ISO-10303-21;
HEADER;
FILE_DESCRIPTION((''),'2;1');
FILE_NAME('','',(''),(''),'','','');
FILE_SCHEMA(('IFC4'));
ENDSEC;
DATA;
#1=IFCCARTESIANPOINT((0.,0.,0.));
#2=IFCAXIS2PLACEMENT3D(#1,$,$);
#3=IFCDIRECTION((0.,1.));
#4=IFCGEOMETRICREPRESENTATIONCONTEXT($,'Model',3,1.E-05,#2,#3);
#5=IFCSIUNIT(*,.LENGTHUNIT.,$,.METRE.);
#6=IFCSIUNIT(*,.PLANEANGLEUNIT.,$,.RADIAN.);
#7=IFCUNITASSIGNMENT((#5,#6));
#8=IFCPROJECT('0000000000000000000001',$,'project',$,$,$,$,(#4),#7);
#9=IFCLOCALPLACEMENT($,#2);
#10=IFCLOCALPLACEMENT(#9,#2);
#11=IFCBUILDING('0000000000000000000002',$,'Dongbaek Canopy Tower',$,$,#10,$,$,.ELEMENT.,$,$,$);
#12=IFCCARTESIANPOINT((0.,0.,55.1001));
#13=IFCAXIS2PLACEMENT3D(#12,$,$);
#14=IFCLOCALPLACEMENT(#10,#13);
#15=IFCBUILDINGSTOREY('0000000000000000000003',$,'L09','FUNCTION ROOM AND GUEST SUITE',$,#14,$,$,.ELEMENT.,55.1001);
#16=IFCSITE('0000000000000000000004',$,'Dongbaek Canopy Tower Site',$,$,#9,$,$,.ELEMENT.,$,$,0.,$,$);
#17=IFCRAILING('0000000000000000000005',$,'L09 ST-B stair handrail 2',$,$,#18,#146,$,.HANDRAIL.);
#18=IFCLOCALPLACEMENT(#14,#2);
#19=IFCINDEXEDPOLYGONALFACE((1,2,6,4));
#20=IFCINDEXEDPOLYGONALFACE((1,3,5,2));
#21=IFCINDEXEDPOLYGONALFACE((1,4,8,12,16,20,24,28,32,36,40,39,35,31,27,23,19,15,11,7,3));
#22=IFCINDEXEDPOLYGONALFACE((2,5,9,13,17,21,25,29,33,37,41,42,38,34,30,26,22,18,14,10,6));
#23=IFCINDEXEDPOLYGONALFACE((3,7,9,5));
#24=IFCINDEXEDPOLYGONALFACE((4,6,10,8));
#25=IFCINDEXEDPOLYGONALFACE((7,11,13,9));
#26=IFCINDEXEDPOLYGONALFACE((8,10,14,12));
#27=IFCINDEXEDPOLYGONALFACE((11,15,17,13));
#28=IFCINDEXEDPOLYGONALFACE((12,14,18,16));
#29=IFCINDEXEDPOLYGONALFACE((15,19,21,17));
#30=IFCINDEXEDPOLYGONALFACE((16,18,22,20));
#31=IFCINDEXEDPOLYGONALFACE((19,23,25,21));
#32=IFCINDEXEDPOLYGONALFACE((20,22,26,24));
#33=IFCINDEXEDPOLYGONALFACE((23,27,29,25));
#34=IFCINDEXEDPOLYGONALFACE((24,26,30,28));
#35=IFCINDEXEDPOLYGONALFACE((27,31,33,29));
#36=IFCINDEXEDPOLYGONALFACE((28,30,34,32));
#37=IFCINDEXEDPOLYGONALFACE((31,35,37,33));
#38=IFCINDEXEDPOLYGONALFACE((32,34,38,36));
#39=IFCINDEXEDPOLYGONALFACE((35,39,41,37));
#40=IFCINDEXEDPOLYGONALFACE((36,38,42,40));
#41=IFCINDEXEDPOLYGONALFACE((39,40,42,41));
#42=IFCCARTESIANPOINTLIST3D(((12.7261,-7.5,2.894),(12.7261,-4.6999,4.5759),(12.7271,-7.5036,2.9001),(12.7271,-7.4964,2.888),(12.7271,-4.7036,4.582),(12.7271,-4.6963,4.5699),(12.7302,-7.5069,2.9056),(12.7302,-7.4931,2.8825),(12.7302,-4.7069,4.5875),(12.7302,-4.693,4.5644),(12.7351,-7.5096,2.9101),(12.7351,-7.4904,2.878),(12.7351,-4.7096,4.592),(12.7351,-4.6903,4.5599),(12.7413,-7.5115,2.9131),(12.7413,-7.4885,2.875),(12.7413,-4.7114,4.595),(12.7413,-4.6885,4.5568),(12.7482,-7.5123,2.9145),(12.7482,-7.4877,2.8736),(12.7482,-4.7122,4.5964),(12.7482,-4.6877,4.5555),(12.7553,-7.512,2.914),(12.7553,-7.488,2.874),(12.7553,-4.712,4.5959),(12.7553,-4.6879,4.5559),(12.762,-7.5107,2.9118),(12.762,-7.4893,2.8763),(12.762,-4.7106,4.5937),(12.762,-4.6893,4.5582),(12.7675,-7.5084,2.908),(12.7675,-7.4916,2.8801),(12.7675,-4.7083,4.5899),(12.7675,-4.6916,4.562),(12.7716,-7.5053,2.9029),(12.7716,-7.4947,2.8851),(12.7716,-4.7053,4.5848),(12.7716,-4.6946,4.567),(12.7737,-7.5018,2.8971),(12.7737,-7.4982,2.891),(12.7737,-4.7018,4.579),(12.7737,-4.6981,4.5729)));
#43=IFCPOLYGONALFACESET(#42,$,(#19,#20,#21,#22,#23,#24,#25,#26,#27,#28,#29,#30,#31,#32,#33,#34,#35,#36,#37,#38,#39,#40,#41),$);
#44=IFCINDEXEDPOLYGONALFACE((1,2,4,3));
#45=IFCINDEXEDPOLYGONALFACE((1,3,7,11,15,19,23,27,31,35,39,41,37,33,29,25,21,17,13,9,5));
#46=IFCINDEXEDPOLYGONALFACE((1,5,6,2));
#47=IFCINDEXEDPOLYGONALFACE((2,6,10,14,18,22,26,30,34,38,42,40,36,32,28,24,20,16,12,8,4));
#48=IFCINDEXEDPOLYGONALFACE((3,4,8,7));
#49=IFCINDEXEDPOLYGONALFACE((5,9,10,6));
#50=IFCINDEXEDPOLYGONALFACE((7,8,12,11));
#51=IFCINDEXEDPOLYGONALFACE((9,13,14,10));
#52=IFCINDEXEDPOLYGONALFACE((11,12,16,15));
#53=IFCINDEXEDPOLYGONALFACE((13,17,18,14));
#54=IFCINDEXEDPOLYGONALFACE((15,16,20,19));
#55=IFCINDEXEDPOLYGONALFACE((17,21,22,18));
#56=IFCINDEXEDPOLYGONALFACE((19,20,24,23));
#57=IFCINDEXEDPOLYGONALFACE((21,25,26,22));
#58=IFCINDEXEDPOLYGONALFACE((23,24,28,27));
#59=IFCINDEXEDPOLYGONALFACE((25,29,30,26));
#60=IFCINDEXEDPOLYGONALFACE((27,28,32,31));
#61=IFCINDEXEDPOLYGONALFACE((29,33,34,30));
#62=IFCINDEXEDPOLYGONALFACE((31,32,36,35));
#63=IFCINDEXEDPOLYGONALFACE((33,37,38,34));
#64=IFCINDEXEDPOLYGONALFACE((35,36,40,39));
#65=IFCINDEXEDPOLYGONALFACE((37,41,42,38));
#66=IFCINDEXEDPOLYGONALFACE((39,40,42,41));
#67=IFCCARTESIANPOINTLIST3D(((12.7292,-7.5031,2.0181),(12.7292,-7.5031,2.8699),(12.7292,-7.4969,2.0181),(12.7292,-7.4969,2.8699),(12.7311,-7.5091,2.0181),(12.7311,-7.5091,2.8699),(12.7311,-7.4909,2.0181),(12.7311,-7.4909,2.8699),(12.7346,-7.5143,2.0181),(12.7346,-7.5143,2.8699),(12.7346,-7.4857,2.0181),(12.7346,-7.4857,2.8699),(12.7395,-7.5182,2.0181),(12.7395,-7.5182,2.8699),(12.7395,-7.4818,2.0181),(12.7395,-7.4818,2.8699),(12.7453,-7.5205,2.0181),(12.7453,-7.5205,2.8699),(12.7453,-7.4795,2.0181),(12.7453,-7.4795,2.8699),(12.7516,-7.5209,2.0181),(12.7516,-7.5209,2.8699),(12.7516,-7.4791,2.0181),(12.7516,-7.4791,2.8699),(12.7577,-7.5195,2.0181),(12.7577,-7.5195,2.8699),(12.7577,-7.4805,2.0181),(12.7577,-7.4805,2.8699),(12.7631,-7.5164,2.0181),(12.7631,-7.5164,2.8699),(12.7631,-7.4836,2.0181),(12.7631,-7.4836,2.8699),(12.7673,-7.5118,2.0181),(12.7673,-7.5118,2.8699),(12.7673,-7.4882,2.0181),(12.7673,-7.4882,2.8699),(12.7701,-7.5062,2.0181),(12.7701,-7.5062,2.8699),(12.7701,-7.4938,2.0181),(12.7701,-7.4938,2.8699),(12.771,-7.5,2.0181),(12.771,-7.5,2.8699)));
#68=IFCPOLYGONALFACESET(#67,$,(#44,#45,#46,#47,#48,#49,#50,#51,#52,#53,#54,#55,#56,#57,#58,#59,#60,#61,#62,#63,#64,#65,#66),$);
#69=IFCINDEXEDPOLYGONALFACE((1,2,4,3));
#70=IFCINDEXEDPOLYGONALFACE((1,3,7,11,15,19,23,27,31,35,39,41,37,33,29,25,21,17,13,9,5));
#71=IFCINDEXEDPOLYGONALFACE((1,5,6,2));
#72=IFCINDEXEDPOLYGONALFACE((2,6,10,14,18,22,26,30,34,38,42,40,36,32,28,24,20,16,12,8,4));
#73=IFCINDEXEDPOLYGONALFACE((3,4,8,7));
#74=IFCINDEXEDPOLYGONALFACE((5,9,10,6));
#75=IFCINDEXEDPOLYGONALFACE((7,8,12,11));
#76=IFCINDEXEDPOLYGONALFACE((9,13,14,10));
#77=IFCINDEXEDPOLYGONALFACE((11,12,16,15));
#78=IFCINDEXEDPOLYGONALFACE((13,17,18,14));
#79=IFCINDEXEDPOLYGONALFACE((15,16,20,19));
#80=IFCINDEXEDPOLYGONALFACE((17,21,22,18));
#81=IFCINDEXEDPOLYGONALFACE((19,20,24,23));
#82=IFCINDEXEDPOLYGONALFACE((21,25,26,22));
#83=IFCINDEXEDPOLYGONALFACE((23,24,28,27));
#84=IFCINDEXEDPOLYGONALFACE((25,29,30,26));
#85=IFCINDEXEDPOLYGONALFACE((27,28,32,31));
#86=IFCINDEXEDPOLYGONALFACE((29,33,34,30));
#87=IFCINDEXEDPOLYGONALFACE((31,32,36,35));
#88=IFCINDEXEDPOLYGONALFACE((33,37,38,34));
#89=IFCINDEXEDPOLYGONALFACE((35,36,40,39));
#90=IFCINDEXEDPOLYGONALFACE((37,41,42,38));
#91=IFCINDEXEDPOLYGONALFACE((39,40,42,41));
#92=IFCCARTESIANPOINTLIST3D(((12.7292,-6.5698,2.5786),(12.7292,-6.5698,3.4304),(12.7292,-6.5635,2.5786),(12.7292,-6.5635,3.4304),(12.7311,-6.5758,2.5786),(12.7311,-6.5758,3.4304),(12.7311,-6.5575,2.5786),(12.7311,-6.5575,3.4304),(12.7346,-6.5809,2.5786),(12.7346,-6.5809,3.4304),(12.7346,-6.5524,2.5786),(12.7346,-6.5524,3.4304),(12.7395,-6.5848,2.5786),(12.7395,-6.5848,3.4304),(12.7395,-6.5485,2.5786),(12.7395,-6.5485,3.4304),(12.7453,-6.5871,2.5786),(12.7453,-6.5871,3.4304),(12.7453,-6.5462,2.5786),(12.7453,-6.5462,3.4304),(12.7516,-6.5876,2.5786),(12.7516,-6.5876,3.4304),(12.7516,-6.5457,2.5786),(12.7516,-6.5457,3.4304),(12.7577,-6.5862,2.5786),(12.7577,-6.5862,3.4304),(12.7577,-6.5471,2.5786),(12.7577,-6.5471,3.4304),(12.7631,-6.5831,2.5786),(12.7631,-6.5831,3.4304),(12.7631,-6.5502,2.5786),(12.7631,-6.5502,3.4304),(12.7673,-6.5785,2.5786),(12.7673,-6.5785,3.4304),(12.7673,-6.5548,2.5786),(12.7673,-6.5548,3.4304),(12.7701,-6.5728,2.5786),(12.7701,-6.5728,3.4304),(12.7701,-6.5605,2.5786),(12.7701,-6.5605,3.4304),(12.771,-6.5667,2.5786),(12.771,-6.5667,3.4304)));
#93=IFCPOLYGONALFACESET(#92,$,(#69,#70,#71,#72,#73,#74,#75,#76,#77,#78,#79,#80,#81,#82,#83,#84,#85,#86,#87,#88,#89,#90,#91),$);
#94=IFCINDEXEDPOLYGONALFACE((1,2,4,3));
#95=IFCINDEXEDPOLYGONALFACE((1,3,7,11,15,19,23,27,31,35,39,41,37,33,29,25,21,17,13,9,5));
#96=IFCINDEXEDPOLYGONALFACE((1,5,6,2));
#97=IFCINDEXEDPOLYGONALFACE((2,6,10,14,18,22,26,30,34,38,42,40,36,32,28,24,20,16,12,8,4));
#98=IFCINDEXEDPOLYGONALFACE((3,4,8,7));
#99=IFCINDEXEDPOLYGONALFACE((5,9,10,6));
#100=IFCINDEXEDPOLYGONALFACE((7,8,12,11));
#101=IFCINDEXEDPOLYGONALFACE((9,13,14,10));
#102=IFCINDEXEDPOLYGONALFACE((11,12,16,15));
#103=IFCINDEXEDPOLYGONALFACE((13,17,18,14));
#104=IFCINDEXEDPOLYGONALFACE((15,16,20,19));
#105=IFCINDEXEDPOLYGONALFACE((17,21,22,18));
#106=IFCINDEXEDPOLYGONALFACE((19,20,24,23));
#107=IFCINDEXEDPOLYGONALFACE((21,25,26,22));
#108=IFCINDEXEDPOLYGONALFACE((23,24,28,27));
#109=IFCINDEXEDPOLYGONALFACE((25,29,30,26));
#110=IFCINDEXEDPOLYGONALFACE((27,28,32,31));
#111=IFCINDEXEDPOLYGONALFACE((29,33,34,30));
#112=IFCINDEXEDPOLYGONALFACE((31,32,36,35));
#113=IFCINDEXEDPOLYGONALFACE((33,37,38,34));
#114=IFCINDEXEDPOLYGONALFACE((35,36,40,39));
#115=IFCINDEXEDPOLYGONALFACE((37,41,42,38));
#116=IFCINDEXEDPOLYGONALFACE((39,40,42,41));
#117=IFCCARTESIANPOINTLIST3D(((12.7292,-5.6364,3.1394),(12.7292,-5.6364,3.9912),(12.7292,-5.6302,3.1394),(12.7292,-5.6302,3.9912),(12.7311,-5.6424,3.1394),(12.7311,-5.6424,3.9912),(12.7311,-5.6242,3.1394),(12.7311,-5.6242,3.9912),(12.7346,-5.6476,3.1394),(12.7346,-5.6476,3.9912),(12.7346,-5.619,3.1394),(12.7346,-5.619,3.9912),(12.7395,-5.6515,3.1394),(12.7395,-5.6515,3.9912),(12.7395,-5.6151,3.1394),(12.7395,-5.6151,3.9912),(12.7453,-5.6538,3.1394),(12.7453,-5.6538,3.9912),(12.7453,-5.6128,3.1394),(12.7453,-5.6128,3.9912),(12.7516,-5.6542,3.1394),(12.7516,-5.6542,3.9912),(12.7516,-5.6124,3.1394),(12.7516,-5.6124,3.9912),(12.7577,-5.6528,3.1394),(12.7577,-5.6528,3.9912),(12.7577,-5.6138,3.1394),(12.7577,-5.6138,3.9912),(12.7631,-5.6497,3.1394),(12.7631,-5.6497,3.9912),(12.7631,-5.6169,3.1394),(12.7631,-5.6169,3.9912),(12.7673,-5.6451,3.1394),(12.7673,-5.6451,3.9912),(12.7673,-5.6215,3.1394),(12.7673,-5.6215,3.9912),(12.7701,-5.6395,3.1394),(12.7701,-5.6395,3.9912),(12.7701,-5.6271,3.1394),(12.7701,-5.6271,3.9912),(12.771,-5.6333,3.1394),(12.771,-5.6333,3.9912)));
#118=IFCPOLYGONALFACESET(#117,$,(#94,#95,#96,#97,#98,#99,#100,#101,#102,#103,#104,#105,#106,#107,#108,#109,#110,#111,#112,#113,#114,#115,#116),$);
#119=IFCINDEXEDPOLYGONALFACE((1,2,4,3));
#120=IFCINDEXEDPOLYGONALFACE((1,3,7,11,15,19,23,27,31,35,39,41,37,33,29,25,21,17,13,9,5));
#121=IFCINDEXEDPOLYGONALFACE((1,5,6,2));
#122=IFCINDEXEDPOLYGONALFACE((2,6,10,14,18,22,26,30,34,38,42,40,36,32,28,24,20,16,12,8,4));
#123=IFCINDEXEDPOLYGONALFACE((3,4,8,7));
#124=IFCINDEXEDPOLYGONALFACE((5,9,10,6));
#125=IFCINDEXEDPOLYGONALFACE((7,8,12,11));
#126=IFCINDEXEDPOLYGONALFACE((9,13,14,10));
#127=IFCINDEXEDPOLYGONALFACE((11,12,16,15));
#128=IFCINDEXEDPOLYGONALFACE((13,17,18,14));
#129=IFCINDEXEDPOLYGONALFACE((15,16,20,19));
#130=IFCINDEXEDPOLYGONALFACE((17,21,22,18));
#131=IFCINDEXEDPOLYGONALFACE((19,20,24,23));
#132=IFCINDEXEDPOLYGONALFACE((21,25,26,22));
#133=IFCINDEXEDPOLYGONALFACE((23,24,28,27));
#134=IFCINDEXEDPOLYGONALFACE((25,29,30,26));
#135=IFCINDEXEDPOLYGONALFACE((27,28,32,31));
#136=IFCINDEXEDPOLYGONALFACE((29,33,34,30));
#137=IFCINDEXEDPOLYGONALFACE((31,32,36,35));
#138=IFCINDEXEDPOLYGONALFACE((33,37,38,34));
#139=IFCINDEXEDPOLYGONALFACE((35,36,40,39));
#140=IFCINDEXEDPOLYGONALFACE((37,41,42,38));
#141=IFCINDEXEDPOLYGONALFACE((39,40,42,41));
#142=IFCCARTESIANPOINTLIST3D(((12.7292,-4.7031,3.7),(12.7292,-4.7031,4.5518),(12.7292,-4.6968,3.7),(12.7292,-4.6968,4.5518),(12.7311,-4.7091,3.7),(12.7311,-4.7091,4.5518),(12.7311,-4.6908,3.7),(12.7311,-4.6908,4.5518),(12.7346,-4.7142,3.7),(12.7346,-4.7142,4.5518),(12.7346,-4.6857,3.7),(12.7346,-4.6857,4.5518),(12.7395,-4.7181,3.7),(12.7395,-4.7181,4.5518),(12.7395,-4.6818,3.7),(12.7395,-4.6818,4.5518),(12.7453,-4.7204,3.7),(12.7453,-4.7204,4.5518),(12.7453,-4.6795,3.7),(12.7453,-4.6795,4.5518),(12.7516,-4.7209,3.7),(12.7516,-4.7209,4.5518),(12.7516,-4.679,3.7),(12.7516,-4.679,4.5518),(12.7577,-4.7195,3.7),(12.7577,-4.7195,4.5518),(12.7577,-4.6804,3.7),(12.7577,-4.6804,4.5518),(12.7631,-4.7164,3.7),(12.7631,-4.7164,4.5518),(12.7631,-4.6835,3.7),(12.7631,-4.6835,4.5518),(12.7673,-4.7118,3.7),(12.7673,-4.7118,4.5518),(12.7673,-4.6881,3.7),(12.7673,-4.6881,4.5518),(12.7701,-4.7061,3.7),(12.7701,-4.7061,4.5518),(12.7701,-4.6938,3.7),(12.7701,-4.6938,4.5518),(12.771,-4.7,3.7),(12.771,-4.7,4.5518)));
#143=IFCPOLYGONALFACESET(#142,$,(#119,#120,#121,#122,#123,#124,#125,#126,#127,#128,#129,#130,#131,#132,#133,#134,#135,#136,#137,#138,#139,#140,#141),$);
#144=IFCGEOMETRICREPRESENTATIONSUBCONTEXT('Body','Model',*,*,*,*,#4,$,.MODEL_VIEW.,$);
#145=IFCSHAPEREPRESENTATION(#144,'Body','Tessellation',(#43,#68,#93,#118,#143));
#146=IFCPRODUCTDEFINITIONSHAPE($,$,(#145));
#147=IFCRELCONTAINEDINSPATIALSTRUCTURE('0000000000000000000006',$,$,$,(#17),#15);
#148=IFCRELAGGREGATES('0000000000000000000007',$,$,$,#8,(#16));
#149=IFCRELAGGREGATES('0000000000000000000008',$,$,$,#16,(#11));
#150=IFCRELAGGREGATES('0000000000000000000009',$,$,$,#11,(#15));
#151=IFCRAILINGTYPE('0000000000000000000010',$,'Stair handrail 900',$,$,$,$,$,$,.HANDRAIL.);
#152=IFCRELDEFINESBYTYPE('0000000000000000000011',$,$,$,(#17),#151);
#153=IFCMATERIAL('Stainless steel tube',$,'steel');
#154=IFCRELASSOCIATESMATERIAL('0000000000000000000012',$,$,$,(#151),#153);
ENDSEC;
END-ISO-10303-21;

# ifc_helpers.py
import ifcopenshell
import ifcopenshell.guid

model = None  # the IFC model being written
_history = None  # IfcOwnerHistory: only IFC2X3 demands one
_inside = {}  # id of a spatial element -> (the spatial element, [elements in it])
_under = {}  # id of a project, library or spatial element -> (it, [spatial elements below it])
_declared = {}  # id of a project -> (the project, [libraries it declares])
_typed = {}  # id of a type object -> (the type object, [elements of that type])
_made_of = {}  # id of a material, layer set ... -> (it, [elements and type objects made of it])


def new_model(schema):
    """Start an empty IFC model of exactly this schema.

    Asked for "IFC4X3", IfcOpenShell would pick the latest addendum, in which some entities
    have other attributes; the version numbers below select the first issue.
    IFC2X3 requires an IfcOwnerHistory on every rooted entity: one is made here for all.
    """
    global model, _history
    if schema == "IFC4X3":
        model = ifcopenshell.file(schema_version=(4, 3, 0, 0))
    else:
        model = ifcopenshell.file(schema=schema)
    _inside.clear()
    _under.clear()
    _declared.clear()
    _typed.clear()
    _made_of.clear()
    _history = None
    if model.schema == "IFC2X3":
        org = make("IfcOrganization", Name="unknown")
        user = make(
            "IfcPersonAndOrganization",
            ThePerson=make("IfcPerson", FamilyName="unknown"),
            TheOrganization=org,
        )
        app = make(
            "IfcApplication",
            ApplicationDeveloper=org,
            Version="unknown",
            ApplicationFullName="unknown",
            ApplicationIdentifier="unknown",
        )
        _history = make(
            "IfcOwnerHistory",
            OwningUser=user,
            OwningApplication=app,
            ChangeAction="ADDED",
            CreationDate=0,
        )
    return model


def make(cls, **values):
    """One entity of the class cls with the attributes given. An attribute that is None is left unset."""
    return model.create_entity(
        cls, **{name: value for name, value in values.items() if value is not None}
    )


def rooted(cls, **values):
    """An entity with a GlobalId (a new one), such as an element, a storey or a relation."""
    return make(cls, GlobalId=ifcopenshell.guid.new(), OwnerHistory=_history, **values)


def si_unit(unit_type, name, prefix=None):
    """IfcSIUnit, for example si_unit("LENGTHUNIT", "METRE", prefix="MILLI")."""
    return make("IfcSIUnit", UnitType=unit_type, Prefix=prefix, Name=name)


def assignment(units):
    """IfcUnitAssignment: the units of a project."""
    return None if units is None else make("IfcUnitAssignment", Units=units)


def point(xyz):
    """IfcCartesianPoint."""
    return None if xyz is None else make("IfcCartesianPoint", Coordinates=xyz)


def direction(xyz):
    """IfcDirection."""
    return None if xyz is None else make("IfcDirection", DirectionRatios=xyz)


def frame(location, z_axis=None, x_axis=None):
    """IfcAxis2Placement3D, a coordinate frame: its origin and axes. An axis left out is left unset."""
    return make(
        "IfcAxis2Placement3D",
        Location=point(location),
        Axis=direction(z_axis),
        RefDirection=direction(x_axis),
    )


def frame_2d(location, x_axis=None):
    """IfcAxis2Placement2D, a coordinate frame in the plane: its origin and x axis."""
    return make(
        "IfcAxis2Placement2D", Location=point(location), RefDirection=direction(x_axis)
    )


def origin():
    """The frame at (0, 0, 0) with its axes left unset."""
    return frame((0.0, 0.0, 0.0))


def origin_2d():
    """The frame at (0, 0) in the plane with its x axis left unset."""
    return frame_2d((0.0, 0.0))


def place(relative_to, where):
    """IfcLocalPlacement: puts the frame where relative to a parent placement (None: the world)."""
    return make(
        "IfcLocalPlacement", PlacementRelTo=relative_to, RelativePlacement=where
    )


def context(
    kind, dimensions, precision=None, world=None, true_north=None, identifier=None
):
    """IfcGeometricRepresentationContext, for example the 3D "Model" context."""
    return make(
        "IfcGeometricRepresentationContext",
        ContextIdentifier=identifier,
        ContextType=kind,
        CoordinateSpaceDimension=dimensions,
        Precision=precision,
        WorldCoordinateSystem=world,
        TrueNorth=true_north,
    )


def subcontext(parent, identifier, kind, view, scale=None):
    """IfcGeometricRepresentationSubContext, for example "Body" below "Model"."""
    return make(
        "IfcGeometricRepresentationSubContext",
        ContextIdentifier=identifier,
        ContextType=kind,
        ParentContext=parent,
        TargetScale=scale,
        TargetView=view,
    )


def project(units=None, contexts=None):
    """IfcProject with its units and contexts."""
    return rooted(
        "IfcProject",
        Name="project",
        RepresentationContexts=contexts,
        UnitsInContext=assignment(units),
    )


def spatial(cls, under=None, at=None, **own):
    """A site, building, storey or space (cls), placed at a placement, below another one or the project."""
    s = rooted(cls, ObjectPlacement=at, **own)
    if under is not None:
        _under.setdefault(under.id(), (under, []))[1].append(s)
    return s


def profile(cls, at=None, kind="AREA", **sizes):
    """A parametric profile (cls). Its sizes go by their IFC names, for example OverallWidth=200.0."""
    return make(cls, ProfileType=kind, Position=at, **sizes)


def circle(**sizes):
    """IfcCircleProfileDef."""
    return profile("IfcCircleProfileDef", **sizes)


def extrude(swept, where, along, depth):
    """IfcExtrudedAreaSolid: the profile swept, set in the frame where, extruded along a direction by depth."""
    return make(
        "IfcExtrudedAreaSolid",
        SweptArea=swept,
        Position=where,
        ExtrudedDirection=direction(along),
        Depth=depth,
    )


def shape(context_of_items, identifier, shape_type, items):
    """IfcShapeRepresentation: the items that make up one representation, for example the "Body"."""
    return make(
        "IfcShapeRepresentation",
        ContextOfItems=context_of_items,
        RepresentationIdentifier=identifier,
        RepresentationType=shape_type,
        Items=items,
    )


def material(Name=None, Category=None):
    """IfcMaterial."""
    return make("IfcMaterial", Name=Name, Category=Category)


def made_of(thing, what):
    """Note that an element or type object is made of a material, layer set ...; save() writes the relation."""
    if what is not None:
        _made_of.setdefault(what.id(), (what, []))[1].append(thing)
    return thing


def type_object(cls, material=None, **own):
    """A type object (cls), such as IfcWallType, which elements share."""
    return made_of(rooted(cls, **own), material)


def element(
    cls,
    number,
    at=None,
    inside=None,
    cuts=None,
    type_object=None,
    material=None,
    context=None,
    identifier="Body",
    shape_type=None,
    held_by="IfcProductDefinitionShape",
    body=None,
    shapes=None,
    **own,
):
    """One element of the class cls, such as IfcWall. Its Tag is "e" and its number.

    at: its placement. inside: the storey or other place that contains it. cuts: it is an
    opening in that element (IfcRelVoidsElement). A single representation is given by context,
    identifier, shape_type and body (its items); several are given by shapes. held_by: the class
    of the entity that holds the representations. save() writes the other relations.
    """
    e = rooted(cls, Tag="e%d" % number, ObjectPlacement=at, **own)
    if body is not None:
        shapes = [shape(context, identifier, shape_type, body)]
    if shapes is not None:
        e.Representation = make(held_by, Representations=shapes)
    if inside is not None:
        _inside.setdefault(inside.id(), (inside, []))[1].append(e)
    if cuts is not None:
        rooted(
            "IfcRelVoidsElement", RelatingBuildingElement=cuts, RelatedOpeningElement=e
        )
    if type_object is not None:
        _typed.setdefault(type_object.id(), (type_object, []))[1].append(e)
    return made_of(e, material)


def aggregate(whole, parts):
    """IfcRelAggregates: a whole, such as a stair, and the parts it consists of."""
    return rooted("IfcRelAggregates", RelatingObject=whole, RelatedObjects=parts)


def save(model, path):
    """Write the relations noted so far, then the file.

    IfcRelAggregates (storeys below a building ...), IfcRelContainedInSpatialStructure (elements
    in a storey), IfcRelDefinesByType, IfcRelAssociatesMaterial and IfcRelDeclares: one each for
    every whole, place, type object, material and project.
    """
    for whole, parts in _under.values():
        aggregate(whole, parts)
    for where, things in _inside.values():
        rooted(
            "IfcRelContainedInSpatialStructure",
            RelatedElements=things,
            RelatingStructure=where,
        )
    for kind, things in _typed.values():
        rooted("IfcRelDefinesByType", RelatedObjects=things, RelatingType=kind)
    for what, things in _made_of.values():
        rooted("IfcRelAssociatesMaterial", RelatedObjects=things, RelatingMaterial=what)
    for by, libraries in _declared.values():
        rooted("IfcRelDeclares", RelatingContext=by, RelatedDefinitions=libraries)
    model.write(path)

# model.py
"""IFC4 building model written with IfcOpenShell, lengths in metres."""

from ifc_helpers import new_model, si_unit, direction, frame, origin, origin_2d, place, context, subcontext, project, spatial, circle, extrude, material, type_object, element, save


model = new_model("IFC4")

# Units and contexts
model_context = context("Model", 3, precision=1e-05, world=origin(), true_north=direction((0.0, 1.0)))
body_context = subcontext(model_context, "Body", "Model", "MODEL_VIEW")
ifc_project = project(units=[si_unit("LENGTHUNIT", "METRE"), si_unit("PLANEANGLEUNIT", "RADIAN")], contexts=[model_context])

# Site, building, storey
site_placement = place(None, origin())
site = spatial("IfcSite", under=ifc_project, at=site_placement, Name="Dongbaek Canopy Tower Site", CompositionType="ELEMENT", RefElevation=0.0)
building_placement = place(site_placement, origin())
building = spatial("IfcBuilding", under=site, at=building_placement, Name="Dongbaek Canopy Tower", CompositionType="ELEMENT")
storey_placement = place(building_placement, frame((0.0, 0.0, 55.1001)))
storey = spatial("IfcBuildingStorey", under=building, at=storey_placement, Name="L09", Description="FUNCTION ROOM AND GUEST SUITE", CompositionType="ELEMENT", Elevation=55.1001)

# Railing
ifc_material_1 = material(Name="Stainless steel tube", Category="steel")
railing_type_1 = type_object("IfcRailingType", Name="Stair handrail 900", PredefinedType="HANDRAIL", material=ifc_material_1)
railing_1_placement = place(storey_placement, frame((12.75, -7.5, 2.0181)))
element("IfcRailing", 1, at=railing_1_placement, inside=storey, type_object=railing_type_1, Name="L09 ST-B stair handrail 2", PredefinedType="HANDRAIL", context=body_context, shape_type="SweptSolid", body=[
    extrude(circle(Radius=0.0239, at=origin_2d()), frame((0.0, 0.0, 0.876), z_axis=(0.0, 0.857242, 0.514913), x_axis=(-1.0, 0.0, 0.0)), (0.0, 0.0, 1.0), 3.2664),
    extrude(circle(Radius=0.021, at=origin_2d()), origin(), (0.0, 0.0, 1.0), 0.8518),
    extrude(circle(Radius=0.021, at=origin_2d()), frame((0.0, 0.9333, 0.5605)), (0.0, 0.0, 1.0), 0.8518),
    extrude(circle(Radius=0.021, at=origin_2d()), frame((0.0, 1.8667, 1.1213)), (0.0, 0.0, 1.0), 0.8518),
    extrude(circle(Radius=0.021, at=origin_2d()), frame((0.0, 2.8, 1.6819)), (0.0, 0.0, 1.0), 0.8518),
])

save(model, "model.ifc")
